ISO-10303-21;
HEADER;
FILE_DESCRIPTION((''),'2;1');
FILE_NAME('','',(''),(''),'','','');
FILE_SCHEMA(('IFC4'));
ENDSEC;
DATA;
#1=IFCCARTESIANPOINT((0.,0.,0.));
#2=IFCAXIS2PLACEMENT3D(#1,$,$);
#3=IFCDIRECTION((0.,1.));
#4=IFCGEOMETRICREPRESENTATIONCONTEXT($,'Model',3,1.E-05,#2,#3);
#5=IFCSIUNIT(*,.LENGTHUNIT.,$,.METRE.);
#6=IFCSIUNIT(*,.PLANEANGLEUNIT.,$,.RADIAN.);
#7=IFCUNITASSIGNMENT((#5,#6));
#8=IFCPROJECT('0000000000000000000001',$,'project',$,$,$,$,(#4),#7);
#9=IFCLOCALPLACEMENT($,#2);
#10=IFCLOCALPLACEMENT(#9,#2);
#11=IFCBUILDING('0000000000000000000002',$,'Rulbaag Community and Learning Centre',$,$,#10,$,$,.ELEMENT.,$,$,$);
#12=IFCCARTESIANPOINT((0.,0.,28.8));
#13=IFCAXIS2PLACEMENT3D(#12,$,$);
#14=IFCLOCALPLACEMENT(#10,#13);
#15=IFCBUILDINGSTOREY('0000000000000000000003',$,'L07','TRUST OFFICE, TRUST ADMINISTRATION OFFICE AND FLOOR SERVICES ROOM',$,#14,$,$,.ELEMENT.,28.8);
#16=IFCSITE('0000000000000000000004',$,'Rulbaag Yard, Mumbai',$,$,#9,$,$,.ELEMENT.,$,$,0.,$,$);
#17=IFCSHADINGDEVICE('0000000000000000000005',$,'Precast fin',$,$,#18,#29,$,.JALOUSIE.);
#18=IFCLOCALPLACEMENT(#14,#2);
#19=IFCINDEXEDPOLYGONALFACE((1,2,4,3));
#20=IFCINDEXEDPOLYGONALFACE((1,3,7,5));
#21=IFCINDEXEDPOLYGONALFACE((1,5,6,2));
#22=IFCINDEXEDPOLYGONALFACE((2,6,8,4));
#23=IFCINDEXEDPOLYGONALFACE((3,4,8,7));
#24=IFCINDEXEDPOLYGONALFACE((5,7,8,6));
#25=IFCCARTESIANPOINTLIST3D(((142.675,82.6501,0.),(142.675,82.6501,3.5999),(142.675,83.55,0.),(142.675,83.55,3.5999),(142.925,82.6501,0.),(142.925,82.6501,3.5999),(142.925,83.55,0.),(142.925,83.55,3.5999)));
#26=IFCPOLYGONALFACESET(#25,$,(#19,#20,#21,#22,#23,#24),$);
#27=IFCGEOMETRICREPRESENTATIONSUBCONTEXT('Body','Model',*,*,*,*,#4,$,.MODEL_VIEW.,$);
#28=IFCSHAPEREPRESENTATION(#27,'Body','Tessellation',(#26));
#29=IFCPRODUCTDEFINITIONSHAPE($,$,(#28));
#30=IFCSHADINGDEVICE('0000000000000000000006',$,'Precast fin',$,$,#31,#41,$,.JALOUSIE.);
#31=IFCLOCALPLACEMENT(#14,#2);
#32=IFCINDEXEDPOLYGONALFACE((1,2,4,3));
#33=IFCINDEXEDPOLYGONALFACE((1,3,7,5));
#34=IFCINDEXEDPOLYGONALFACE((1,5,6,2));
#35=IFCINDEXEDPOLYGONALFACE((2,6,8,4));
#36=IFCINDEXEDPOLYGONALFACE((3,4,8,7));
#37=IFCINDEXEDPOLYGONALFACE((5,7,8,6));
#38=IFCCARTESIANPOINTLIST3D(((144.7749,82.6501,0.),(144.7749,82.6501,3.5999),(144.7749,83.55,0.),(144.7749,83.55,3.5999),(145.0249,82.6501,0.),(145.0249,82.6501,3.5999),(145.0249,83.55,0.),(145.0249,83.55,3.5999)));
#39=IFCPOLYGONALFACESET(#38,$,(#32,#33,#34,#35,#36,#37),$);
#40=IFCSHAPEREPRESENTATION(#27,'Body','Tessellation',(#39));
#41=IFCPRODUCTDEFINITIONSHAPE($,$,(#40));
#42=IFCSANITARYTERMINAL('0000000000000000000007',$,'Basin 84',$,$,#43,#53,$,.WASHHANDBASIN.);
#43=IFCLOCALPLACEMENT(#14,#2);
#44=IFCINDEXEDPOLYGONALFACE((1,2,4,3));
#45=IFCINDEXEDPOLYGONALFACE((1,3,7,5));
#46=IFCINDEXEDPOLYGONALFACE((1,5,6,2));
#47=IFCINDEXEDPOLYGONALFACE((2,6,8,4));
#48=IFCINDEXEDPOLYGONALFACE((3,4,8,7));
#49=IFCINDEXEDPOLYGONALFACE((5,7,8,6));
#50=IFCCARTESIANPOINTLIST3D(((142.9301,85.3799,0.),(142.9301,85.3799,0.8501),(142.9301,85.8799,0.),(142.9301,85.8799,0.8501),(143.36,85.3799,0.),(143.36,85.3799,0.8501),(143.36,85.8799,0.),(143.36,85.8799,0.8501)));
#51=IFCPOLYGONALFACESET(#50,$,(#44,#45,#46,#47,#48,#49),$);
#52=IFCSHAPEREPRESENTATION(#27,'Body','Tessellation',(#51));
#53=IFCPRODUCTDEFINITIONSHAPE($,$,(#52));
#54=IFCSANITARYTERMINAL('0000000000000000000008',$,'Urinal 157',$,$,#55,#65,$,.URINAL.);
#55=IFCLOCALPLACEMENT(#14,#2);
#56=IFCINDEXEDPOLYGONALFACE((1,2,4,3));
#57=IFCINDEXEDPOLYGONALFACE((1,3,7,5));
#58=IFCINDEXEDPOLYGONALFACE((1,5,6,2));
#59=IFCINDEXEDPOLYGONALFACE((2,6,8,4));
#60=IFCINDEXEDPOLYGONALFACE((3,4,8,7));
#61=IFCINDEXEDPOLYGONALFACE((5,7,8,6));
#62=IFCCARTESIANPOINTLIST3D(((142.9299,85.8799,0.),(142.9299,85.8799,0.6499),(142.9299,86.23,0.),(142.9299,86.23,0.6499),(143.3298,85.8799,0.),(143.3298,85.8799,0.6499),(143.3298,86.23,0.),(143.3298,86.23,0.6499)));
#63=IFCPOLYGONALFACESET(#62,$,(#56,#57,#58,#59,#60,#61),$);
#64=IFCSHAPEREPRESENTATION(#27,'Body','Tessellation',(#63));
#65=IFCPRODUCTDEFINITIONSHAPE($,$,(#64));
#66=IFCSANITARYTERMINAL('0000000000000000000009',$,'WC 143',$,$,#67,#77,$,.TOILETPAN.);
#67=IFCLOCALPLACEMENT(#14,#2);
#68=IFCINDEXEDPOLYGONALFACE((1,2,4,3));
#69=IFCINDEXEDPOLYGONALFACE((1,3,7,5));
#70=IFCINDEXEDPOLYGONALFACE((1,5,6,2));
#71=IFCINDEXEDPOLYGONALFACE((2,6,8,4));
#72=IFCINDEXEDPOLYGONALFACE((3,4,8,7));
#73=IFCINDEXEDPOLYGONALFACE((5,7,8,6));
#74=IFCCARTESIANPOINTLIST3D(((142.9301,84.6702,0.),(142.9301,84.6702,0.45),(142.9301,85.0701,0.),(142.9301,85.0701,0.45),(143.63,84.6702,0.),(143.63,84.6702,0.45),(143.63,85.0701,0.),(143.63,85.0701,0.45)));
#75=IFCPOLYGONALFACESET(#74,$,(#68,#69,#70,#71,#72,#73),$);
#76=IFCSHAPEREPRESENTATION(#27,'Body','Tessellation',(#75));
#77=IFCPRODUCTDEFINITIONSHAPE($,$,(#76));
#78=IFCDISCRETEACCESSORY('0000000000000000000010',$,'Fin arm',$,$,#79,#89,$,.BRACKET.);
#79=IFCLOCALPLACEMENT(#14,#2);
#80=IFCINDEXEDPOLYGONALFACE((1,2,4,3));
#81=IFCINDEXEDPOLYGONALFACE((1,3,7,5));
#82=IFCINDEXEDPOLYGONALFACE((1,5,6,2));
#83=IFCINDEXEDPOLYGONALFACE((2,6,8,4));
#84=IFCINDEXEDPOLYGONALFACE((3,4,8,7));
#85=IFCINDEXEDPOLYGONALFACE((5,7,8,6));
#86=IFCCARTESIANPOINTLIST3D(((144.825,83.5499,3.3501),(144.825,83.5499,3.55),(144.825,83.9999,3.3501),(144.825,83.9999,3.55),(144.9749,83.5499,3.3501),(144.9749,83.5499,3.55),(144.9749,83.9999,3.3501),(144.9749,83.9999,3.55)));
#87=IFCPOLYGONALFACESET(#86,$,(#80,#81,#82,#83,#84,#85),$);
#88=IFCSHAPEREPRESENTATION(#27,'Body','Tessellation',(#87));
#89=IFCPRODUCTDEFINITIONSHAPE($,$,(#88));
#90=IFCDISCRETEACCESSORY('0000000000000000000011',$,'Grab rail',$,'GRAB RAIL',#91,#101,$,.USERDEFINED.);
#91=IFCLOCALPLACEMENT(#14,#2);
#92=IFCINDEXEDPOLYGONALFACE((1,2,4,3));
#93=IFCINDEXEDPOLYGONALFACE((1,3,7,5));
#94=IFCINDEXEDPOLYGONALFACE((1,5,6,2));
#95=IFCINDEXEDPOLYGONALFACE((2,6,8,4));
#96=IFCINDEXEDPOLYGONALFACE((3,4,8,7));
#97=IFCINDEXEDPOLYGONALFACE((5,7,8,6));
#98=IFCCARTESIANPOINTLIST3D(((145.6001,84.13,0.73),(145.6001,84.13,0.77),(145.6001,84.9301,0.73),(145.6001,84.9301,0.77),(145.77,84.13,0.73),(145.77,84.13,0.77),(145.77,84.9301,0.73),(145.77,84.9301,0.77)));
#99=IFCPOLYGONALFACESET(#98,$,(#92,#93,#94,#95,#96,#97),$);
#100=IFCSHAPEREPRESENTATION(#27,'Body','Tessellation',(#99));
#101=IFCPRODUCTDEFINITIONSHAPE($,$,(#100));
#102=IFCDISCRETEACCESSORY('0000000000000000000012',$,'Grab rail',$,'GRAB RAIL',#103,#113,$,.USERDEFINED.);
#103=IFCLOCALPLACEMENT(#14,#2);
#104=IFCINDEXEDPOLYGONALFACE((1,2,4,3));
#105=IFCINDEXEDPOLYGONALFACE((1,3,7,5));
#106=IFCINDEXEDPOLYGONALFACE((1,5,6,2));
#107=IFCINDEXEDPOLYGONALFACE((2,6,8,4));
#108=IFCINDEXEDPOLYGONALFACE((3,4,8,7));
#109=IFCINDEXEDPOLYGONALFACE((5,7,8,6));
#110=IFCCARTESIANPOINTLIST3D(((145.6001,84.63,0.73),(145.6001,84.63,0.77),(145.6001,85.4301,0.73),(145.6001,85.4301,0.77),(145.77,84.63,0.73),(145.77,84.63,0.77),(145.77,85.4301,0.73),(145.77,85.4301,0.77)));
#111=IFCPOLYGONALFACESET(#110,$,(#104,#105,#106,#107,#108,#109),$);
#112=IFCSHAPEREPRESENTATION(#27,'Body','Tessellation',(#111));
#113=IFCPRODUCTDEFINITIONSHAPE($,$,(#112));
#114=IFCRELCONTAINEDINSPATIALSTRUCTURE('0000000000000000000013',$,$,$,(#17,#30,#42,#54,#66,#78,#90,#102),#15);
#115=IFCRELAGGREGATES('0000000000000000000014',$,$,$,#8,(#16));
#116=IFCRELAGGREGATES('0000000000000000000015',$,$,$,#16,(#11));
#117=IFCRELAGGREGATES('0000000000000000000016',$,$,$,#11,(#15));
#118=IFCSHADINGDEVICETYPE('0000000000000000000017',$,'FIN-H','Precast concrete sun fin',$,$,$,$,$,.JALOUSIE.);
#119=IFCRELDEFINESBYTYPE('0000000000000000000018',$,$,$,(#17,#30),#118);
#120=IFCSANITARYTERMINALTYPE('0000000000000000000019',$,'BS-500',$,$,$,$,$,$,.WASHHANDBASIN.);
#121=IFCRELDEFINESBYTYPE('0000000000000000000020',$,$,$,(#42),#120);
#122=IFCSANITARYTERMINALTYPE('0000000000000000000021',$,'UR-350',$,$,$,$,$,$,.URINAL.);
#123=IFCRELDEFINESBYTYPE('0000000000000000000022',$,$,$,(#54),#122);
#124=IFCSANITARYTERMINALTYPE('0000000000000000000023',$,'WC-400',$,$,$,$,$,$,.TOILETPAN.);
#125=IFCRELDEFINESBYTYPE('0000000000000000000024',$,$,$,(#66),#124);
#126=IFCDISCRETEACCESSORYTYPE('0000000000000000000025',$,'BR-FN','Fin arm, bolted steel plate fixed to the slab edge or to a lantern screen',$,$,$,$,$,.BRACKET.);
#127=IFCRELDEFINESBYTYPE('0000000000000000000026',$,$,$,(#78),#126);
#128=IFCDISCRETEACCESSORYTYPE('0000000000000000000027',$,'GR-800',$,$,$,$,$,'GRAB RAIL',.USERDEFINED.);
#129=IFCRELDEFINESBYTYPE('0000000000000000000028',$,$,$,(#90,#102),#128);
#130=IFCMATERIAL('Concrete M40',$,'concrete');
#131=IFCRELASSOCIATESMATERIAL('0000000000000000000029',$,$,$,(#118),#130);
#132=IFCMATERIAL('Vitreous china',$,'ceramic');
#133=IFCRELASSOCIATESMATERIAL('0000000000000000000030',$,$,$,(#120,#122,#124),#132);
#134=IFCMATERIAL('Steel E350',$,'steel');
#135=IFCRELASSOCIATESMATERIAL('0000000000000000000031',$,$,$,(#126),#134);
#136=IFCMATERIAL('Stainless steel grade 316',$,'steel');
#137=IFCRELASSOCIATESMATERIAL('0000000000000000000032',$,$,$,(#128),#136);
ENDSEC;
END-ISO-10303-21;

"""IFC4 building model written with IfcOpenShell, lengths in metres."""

from ifc_helpers import new_model, si_unit, direction, frame, origin, origin_2d, place, context, subcontext, project, spatial, rectangle, extrude, material, material_profile, profile_set, type_object, element, save


model = new_model("IFC4")

# Units and contexts
model_context = context("Model", 3, precision=1e-05, world=origin(), true_north=direction((0.0, 1.0)))
body_context = subcontext(model_context, "Body", "Model", "MODEL_VIEW")
ifc_project = project(units=[si_unit("LENGTHUNIT", "METRE"), si_unit("PLANEANGLEUNIT", "RADIAN")], contexts=[model_context])

# Site, building, storey
site_placement = place(None, origin())
site = spatial("IfcSite", under=ifc_project, at=site_placement, Name="Rulbaag Yard, Mumbai", CompositionType="ELEMENT", RefElevation=0.0)
building_placement = place(site_placement, origin())
building = spatial("IfcBuilding", under=site, at=building_placement, Name="Rulbaag Community and Learning Centre", CompositionType="ELEMENT")
storey_placement = place(building_placement, frame((0.0, 0.0, 28.8)))
storey = spatial("IfcBuildingStorey", under=building, at=storey_placement, Name="L07", Description="TRUST OFFICE, TRUST ADMINISTRATION OFFICE AND FLOOR SERVICES ROOM", CompositionType="ELEMENT", Elevation=28.8)

# Shared definitions
ifc_material_1 = material(Name="Concrete M40", Category="concrete")

# Shading devices
ifc_material_profile_1 = material_profile(ifc_material_1, rectangle(XDim=0.25, YDim=0.8999, at=origin_2d()), Name="PC 250x900")
ifc_profile_set_1 = profile_set([ifc_material_profile_1], Name="Concrete M40")
shading_device_type = type_object("IfcShadingDeviceType", Name="FIN-H", Description="Precast concrete sun fin", PredefinedType="JALOUSIE", material=ifc_profile_set_1)
for number, where, z_axis, x_axis, name in (
    (1, (142.8, 83.1001, 0.0), (0.0, 0.0, 1.0), (1.0, 0.0, 0.0), "Precast fin"),
    (2, (144.8999, 83.1001, 0.0), (0.0, 0.0, 1.0), (1.0, 0.0, 0.0), "Precast fin"),
):
    element("IfcShadingDevice", number, at=place(storey_placement, frame(where, z_axis=z_axis, x_axis=x_axis)), inside=storey, type_object=shading_device_type, Name=name, PredefinedType="JALOUSIE", context=body_context, shape_type="SweptSolid", body=[
        extrude(rectangle(XDim=0.25, YDim=0.8999, at=origin_2d()), origin(), (0.0, 0.0, 1.0), 3.5999),
    ])

# Sanitary terminals
ifc_material_2 = material(Name="Vitreous china", Category="ceramic")
sanitary_terminal_type_1 = type_object("IfcSanitaryTerminalType", Name="BS-500", PredefinedType="WASHHANDBASIN", material=ifc_material_2)
sanitary_terminal_1_placement = place(storey_placement, frame((143.145, 85.6299, 0.0), z_axis=(0.0, 0.0, 1.0), x_axis=(1.0, 0.0, 0.0)))
element("IfcSanitaryTerminal", 3, at=sanitary_terminal_1_placement, inside=storey, type_object=sanitary_terminal_type_1, Name="Basin 84", PredefinedType="WASHHANDBASIN", context=body_context, shape_type="SweptSolid", body=[
    extrude(rectangle(XDim=0.4299, YDim=0.5, at=origin_2d()), origin(), (0.0, 0.0, 1.0), 0.8501),
])
sanitary_terminal_type_2 = type_object("IfcSanitaryTerminalType", Name="UR-350", PredefinedType="URINAL", material=ifc_material_2)
sanitary_terminal_2_placement = place(storey_placement, frame((143.1299, 86.0549, 0.0), z_axis=(0.0, 0.0, 1.0), x_axis=(1.0, 0.0, 0.0)))
element("IfcSanitaryTerminal", 4, at=sanitary_terminal_2_placement, inside=storey, type_object=sanitary_terminal_type_2, Name="Urinal 157", PredefinedType="URINAL", context=body_context, shape_type="SweptSolid", body=[
    extrude(rectangle(XDim=0.3999, YDim=0.3501, at=origin_2d()), origin(), (0.0, 0.0, 1.0), 0.6499),
])
sanitary_terminal_type_3 = type_object("IfcSanitaryTerminalType", Name="WC-400", PredefinedType="TOILETPAN", material=ifc_material_2)
sanitary_terminal_3_placement = place(storey_placement, frame((143.28, 84.8701, 0.0), z_axis=(0.0, 0.0, 1.0), x_axis=(1.0, 0.0, 0.0)))
element("IfcSanitaryTerminal", 5, at=sanitary_terminal_3_placement, inside=storey, type_object=sanitary_terminal_type_3, Name="WC 143", PredefinedType="TOILETPAN", context=body_context, shape_type="SweptSolid", body=[
    extrude(rectangle(XDim=0.7, YDim=0.3999, at=origin_2d()), origin(), (0.0, 0.0, 1.0), 0.45),
])

# Discrete accessories
ifc_material_3 = material(Name="Steel E350", Category="steel")
discrete_accessory_type_1 = type_object("IfcDiscreteAccessoryType", Name="BR-FN", Description="Fin arm, bolted steel plate fixed to the slab edge or to a lantern screen", PredefinedType="BRACKET", material=ifc_material_3)
discrete_accessory_placement = place(storey_placement, frame((144.8999, 83.7749, 3.3501), z_axis=(0.0, 0.0, 1.0), x_axis=(1.0, 0.0, 0.0)))
element("IfcDiscreteAccessory", 6, at=discrete_accessory_placement, inside=storey, type_object=discrete_accessory_type_1, Name="Fin arm", PredefinedType="BRACKET", context=body_context, shape_type="SweptSolid", body=[
    extrude(rectangle(XDim=0.1499, YDim=0.45, at=origin_2d()), origin(), (0.0, 0.0, 1.0), 0.2),
])
ifc_material_4 = material(Name="Stainless steel grade 316", Category="steel")
discrete_accessory_type_2 = type_object("IfcDiscreteAccessoryType", Name="GR-800", ElementType="GRAB RAIL", PredefinedType="USERDEFINED", material=ifc_material_4)
for number, where, z_axis, x_axis, name in (
    (7, (145.6851, 84.53, 0.73), (0.0, 0.0, 1.0), (1.0, 0.0, 0.0), "Grab rail"),
    (8, (145.6851, 85.03, 0.73), (0.0, 0.0, 1.0), (1.0, 0.0, 0.0), "Grab rail"),
):
    element("IfcDiscreteAccessory", number, at=place(storey_placement, frame(where, z_axis=z_axis, x_axis=x_axis)), inside=storey, type_object=discrete_accessory_type_2, Name=name, ObjectType="GRAB RAIL", PredefinedType="USERDEFINED", context=body_context, shape_type="SweptSolid", body=[
        extrude(rectangle(XDim=0.1699, YDim=0.8, at=origin_2d()), origin(), (0.0, 0.0, 1.0), 0.04),
    ])

save(model, "model.ifc")
